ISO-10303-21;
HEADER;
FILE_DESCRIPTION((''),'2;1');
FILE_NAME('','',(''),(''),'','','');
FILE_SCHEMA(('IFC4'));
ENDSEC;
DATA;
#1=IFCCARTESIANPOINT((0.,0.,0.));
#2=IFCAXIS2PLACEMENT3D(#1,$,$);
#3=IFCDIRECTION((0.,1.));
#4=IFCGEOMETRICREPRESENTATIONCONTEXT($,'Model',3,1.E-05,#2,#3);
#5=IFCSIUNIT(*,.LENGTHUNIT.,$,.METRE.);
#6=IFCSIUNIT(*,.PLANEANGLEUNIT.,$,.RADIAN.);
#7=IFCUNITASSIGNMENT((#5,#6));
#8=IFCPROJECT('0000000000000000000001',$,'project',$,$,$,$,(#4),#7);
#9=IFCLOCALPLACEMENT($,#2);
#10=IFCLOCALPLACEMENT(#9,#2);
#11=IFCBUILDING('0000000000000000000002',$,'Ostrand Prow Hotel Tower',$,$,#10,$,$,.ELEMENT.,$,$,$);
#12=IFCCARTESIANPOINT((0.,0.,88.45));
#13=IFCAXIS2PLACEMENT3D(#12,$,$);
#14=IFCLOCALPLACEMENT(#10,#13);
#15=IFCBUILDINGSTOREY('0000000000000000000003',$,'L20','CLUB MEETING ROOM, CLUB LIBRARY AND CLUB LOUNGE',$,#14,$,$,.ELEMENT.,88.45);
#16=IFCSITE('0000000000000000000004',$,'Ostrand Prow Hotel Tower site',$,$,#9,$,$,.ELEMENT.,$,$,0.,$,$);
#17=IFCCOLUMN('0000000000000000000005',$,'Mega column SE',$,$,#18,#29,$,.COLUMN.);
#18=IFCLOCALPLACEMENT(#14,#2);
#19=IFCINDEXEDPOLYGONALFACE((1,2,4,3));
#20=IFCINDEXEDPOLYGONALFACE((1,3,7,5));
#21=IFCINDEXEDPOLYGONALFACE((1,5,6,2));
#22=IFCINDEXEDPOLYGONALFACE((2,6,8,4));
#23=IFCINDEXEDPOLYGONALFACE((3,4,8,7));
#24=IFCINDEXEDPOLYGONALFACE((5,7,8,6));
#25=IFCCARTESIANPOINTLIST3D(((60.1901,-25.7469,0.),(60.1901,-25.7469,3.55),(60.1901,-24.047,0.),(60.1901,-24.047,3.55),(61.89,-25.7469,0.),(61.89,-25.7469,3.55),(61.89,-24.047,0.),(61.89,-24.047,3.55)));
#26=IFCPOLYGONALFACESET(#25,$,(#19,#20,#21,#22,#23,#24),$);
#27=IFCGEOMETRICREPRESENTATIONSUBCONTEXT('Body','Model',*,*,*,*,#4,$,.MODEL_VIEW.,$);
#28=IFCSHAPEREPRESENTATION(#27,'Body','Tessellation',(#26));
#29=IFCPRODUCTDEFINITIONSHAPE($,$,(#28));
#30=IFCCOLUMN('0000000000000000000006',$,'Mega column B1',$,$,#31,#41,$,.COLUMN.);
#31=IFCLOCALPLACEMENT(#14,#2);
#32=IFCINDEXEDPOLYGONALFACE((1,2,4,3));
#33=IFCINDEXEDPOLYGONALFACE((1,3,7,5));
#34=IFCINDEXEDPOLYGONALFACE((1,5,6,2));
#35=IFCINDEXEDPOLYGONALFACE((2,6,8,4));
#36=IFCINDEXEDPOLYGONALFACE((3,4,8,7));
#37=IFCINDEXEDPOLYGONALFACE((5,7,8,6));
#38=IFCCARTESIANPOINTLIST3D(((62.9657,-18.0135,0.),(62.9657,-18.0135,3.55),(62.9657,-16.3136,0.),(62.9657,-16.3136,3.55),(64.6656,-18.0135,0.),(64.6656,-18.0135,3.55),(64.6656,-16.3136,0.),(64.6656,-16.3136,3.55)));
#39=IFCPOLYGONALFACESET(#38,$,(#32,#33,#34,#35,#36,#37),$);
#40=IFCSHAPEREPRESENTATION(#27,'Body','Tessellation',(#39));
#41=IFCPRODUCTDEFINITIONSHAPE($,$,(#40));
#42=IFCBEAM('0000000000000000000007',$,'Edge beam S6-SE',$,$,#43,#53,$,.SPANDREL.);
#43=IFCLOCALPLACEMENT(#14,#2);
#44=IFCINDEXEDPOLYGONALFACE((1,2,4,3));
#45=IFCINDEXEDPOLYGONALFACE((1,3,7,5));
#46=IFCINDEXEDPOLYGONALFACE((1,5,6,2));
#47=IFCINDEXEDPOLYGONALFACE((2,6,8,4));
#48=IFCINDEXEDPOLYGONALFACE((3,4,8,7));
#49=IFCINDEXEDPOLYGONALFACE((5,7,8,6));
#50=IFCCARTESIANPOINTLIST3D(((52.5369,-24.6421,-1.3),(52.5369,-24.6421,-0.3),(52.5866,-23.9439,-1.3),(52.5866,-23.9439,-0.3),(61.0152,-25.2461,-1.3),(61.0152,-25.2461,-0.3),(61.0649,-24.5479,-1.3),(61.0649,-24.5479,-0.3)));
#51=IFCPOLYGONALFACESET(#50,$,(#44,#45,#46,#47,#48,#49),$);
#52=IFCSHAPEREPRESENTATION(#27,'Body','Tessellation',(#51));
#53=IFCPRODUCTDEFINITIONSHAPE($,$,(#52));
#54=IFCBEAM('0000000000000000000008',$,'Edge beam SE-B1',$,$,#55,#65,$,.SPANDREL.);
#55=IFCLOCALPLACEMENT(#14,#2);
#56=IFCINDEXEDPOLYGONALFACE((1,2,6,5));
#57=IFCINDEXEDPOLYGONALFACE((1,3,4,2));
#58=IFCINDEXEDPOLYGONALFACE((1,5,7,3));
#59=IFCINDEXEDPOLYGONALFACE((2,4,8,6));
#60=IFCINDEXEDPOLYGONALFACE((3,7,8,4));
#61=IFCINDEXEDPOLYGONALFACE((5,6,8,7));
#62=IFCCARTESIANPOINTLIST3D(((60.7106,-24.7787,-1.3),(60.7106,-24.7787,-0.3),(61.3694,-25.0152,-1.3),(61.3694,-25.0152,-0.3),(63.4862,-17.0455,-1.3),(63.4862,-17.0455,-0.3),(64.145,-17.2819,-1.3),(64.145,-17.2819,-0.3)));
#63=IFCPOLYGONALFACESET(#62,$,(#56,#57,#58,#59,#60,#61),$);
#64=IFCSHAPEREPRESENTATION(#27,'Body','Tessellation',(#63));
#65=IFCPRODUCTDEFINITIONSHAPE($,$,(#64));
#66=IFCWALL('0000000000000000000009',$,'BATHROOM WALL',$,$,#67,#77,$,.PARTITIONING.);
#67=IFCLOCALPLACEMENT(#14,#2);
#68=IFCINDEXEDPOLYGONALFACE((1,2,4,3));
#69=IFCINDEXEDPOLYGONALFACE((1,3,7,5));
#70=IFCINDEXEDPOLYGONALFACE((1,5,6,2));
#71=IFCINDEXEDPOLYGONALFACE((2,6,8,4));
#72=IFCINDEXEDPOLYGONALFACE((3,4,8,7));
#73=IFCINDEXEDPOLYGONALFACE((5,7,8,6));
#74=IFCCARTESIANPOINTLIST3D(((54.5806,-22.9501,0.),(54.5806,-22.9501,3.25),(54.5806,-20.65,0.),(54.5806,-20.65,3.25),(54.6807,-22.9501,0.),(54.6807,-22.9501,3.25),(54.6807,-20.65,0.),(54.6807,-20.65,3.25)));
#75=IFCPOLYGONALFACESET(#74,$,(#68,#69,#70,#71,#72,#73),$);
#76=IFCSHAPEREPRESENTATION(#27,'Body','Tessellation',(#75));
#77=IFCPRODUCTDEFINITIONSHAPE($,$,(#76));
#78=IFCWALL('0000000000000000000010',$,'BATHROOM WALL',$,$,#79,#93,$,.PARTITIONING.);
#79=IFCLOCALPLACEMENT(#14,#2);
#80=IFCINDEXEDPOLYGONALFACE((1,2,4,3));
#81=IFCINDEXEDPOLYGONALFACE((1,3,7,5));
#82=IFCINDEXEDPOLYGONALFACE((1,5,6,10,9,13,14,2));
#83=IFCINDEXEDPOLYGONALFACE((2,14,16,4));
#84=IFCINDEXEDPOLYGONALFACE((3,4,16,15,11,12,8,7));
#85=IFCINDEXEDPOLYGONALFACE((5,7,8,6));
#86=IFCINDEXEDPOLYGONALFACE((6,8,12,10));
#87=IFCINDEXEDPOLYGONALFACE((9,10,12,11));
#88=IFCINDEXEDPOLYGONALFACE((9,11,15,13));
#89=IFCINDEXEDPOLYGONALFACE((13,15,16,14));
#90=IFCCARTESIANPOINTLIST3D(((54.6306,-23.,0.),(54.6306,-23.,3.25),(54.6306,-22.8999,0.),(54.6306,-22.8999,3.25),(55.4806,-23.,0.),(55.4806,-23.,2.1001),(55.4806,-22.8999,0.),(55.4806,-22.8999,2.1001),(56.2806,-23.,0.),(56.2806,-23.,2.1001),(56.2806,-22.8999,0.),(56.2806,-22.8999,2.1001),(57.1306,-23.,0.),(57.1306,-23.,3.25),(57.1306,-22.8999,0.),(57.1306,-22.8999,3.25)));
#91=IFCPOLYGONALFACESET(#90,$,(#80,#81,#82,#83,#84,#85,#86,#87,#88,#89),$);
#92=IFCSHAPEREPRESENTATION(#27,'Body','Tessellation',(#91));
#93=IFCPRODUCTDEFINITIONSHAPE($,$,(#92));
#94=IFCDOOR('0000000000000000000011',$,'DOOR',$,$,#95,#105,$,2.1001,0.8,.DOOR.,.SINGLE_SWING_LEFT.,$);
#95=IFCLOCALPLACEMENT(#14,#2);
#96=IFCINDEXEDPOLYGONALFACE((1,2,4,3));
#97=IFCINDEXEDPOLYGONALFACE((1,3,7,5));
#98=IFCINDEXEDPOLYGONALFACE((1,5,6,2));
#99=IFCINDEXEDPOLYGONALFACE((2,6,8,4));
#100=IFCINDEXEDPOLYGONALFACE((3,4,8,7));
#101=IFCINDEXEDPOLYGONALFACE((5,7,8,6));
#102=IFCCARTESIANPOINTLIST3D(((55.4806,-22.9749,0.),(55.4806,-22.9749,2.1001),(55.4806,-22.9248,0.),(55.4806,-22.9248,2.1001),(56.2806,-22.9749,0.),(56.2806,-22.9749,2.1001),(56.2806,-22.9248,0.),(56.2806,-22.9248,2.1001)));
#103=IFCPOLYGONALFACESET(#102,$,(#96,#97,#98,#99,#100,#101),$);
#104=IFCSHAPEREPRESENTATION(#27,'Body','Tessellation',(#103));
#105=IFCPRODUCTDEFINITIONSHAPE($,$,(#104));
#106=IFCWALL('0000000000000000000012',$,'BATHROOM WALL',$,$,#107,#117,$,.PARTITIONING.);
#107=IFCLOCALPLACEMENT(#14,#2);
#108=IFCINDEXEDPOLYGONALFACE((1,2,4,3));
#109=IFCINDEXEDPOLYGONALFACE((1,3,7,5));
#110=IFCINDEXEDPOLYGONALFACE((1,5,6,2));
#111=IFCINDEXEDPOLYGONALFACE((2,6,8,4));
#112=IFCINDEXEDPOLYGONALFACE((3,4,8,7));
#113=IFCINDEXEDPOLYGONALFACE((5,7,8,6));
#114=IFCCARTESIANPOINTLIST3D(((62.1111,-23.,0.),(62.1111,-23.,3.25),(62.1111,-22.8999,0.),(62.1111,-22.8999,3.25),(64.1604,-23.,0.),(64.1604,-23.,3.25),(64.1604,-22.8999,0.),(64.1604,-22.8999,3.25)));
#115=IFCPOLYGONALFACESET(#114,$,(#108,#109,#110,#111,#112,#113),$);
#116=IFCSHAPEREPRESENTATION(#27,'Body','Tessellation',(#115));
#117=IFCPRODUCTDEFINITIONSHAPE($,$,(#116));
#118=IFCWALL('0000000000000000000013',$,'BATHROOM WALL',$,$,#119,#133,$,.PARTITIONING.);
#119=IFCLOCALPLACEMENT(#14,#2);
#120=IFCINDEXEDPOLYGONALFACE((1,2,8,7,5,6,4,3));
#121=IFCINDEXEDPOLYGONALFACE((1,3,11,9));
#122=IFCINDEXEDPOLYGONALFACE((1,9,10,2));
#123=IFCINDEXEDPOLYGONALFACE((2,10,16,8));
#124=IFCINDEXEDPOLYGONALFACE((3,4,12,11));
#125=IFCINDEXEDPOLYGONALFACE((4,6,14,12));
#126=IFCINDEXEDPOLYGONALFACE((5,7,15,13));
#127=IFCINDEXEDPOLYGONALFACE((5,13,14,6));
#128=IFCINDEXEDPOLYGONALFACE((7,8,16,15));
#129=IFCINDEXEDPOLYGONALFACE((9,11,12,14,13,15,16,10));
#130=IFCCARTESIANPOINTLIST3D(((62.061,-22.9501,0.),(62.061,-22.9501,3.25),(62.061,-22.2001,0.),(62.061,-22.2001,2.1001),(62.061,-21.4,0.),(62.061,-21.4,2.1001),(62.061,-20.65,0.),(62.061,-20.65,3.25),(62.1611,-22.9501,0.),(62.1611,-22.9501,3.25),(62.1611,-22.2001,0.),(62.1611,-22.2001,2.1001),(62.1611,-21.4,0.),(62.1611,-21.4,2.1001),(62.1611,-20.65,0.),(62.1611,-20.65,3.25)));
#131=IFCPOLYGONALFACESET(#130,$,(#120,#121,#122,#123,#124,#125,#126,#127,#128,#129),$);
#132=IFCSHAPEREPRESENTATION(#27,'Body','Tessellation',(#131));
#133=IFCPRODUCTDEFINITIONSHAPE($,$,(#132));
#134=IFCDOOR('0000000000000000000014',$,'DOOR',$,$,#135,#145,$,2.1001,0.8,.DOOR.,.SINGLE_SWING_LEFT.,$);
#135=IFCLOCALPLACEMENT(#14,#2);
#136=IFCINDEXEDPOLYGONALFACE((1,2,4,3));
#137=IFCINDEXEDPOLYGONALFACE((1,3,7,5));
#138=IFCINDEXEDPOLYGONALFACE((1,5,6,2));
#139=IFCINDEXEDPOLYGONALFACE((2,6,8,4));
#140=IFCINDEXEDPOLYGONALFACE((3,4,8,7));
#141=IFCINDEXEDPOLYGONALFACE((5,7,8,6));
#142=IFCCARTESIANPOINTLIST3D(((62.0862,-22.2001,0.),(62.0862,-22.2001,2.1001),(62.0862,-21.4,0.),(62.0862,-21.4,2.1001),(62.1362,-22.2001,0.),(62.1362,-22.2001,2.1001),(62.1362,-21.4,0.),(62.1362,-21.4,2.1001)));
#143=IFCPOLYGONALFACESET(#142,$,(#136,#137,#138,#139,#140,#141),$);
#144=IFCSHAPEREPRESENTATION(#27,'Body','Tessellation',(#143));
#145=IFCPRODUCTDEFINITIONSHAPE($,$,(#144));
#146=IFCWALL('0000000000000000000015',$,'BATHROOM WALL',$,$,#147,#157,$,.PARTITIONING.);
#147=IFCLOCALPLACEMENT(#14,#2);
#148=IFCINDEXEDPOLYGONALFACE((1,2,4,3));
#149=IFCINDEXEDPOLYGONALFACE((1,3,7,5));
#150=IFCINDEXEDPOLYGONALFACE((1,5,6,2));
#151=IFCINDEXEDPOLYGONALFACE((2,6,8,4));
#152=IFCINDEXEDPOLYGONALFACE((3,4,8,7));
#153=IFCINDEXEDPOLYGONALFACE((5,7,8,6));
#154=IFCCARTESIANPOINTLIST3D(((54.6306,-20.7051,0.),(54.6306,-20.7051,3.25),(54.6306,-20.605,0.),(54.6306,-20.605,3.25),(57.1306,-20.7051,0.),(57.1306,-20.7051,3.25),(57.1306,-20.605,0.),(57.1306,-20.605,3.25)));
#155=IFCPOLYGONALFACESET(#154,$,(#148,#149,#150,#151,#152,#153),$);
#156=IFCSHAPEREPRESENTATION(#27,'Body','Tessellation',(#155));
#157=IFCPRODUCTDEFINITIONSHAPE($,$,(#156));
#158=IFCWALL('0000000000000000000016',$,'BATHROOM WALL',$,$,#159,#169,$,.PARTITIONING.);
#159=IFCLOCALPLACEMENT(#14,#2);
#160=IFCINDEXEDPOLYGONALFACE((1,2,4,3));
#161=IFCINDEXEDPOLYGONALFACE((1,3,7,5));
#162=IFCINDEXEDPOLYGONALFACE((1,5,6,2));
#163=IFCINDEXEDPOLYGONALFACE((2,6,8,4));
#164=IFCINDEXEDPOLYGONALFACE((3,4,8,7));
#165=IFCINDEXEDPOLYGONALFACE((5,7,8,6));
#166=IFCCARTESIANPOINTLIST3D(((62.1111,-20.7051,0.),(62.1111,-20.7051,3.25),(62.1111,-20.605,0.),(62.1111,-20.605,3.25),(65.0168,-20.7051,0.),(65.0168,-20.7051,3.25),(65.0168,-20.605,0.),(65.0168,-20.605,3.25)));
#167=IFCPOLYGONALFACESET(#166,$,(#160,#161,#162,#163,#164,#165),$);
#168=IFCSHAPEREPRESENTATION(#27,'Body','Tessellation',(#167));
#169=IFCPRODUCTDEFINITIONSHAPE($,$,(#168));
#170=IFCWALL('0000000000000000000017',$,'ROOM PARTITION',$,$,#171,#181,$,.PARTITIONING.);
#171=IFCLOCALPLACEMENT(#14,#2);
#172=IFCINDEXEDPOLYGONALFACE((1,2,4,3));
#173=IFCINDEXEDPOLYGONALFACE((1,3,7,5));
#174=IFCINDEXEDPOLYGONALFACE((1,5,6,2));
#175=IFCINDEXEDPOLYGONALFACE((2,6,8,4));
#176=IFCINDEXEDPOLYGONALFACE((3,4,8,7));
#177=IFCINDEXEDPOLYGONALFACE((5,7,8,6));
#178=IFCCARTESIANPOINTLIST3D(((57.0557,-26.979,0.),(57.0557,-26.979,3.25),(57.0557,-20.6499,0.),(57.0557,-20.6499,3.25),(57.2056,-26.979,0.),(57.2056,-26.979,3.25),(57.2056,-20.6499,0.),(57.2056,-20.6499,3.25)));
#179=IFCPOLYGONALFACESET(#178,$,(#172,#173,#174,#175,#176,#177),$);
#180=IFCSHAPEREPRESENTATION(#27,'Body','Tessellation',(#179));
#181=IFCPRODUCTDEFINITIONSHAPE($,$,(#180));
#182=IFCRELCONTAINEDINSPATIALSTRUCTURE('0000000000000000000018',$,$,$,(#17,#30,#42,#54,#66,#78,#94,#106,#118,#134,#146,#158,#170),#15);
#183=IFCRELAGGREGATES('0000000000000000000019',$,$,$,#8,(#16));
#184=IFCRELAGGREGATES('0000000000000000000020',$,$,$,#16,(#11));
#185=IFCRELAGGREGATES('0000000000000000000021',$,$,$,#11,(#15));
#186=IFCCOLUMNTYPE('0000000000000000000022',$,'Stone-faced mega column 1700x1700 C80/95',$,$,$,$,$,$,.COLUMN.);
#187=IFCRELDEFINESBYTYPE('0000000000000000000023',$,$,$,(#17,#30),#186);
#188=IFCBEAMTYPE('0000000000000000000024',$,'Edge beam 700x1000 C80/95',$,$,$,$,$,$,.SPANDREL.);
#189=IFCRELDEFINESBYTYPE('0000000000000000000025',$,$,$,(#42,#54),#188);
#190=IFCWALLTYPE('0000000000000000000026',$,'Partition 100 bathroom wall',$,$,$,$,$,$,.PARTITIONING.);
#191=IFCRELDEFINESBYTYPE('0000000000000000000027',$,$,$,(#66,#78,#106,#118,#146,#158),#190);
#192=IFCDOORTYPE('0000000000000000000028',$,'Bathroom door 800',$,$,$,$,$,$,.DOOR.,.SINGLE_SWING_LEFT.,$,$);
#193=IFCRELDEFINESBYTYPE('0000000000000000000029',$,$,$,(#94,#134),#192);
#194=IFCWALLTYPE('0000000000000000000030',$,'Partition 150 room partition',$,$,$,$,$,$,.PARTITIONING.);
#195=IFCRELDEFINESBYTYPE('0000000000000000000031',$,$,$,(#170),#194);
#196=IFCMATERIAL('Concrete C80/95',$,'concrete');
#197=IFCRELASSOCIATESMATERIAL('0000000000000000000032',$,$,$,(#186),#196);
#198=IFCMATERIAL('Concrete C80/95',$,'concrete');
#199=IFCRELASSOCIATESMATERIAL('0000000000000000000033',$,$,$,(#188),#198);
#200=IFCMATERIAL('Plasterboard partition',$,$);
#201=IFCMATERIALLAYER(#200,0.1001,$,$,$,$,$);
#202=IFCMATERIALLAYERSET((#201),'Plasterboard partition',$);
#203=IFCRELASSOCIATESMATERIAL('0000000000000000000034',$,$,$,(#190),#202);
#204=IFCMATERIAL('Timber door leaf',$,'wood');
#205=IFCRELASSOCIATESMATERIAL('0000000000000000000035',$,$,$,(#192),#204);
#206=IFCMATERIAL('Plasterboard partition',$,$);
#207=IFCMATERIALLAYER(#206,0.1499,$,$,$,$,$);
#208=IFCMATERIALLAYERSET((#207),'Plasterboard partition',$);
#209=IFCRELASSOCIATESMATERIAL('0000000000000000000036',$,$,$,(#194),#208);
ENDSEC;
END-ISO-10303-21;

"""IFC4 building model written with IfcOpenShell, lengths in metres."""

from ifc_helpers import new_model, si_unit, direction, frame, frame_2d, origin, origin_2d, place, context, subcontext, project, spatial, rectangle, extrude, material, layer, layer_set, material_profile, profile_set, type_object, element, fill, save


model = new_model("IFC4")

# Units and contexts
model_context = context("Model", 3, precision=1e-05, world=origin(), true_north=direction((0.0, 1.0)))
body_context = subcontext(model_context, "Body", "Model", "MODEL_VIEW")
ifc_project = project(units=[si_unit("LENGTHUNIT", "METRE"), si_unit("PLANEANGLEUNIT", "RADIAN")], contexts=[model_context])

# Site, building, storey
site_placement = place(None, origin())
site = spatial("IfcSite", under=ifc_project, at=site_placement, Name="Ostrand Prow Hotel Tower site", CompositionType="ELEMENT", RefElevation=0.0)
building_placement = place(site_placement, origin())
building = spatial("IfcBuilding", under=site, at=building_placement, Name="Ostrand Prow Hotel Tower", CompositionType="ELEMENT")
storey_placement = place(building_placement, frame((0.0, 0.0, 88.45)))
storey = spatial("IfcBuildingStorey", under=building, at=storey_placement, Name="L20", Description="CLUB MEETING ROOM, CLUB LIBRARY AND CLUB LOUNGE", CompositionType="ELEMENT", Elevation=88.45)

# Columns
ifc_material_1 = material(Name="Concrete C80/95", Category="concrete")
ifc_material_profile_1 = material_profile(ifc_material_1, rectangle(XDim=1.7, YDim=1.7, at=origin_2d()), Name="RC 1700x1700")
ifc_profile_set_1 = profile_set([ifc_material_profile_1], Name="Concrete C80/95")
column_type = type_object("IfcColumnType", Name="Stone-faced mega column 1700x1700 C80/95", PredefinedType="COLUMN", material=ifc_profile_set_1)
for number, where, z_axis, x_axis, name in (
    (1, (61.04, -24.897, 0.0), (0.0, 0.0, 1.0), (1.0, 0.0, 0.0), "Mega column SE"),
    (2, (63.8157, -17.1636, 0.0), (0.0, 0.0, 1.0), (1.0, 0.0, 0.0), "Mega column B1"),
):
    element("IfcColumn", number, at=place(storey_placement, frame(where, z_axis=z_axis, x_axis=x_axis)), inside=storey, type_object=column_type, Name=name, PredefinedType="COLUMN", context=body_context, shape_type="SweptSolid", body=[
        extrude(rectangle(XDim=1.7, YDim=1.7, at=origin_2d()), origin(), (0.0, 0.0, 1.0), 3.55),
    ])

# Beams
ifc_material_2 = material(Name="Concrete C80/95", Category="concrete")
ifc_material_profile_2 = material_profile(ifc_material_2, rectangle(XDim=0.7, YDim=1.0, at=origin_2d()), Name="RC 700x1000")
ifc_profile_set_2 = profile_set([ifc_material_profile_2], Name="Concrete C80/95")
beam_type = type_object("IfcBeamType", Name="Edge beam 700x1000 C80/95", PredefinedType="SPANDREL", material=ifc_profile_set_2)
beam_1_placement = place(storey_placement, frame((52.5618, -24.293, -0.8), z_axis=(0.997472, -0.071061, 0.0), x_axis=(0.071061, 0.997472, 0.0)))
element("IfcBeam", 3, at=beam_1_placement, inside=storey, type_object=beam_type, Name="Edge beam S6-SE", PredefinedType="SPANDREL", context=body_context, shape_type="SweptSolid", body=[
    extrude(rectangle(XDim=0.7, YDim=1.0, at=origin_2d()), origin(), (0.0, 0.0, 1.0), 8.4998),
])
beam_2_placement = place(storey_placement, frame((61.04, -24.897, -0.8), z_axis=(0.337815, 0.941212, 0.0), x_axis=(-0.941212, 0.337815, 0.0)))
element("IfcBeam", 4, at=beam_2_placement, inside=storey, type_object=beam_type, Name="Edge beam SE-B1", PredefinedType="SPANDREL", context=body_context, shape_type="SweptSolid", body=[
    extrude(rectangle(XDim=0.7, YDim=1.0, at=origin_2d()), origin(), (0.0, 0.0, 1.0), 8.2163),
])

# Wall
ifc_material_3 = material(Name="Plasterboard partition")
ifc_layer_1 = layer(ifc_material_3, 0.1001)
ifc_layer_set_1 = layer_set([ifc_layer_1], Name="Plasterboard partition")
wall_type_1 = type_object("IfcWallType", Name="Partition 100 bathroom wall", PredefinedType="PARTITIONING", material=ifc_layer_set_1)
wall_1_placement = place(storey_placement, frame((54.6306, -22.95, 0.0), z_axis=(0.0, 0.0, 1.0), x_axis=(0.0, 1.0, 0.0)))
element("IfcWall", 5, at=wall_1_placement, inside=storey, type_object=wall_type_1, Name="BATHROOM WALL", PredefinedType="PARTITIONING", context=body_context, shape_type="SweptSolid", body=[
    extrude(rectangle(XDim=2.3, YDim=0.1001, at=frame_2d((1.1499, 0.0))), origin(), (0.0, 0.0, 1.0), 3.25),
])

# Wall, opening, door
wall_2_placement = place(storey_placement, frame((57.1306, -22.95, 0.0), z_axis=(0.0, 0.0, 1.0), x_axis=(-1.0, 0.0, 0.0)))
wall_2 = element("IfcWall", 6, at=wall_2_placement, inside=storey, type_object=wall_type_1, Name="BATHROOM WALL", PredefinedType="PARTITIONING", context=body_context, shape_type="SweptSolid", body=[
    extrude(rectangle(XDim=2.5, YDim=0.1001, at=frame_2d((1.25, 0.0))), origin(), (0.0, 0.0, 1.0), 3.25),
])
opening_1_placement = place(wall_2_placement, frame((0.8501, 0.0, 0.0)))
opening_1 = element("IfcOpeningElement", 7, at=opening_1_placement, cuts=wall_2, PredefinedType="OPENING", context=body_context, shape_type="SweptSolid", body=[
    extrude(rectangle(XDim=0.8, YDim=2.1001, at=frame_2d((0.3999, 1.05))), frame((0.0, 0.0601, 0.0), z_axis=(0.0, -1.0, 0.0), x_axis=(1.0, 0.0, 0.0)), (0.0, 0.0, 1.0), 0.1201),
])
ifc_material_4 = material(Name="Timber door leaf", Category="wood")
door_type_1 = type_object("IfcDoorType", Name="Bathroom door 800", OperationType="SINGLE_SWING_LEFT", PredefinedType="DOOR", material=ifc_material_4)
door_1_placement = place(opening_1_placement, origin())
door_1 = element("IfcDoor", 8, at=door_1_placement, inside=storey, type_object=door_type_1, Name="DOOR", OperationType="SINGLE_SWING_LEFT", OverallHeight=2.1001, OverallWidth=0.8, PredefinedType="DOOR", context=body_context, shape_type="SweptSolid", body=[
    extrude(rectangle(XDim=0.8, YDim=2.1001, at=frame_2d((0.3999, 1.05))), frame((0.0, 0.0249, 0.0), z_axis=(0.0, -1.0, 0.0), x_axis=(1.0, 0.0, 0.0)), (0.0, 0.0, 1.0), 0.05),
])
fill(opening_1, door_1)

# Wall
wall_3_placement = place(storey_placement, frame((64.1604, -22.95, 0.0), z_axis=(0.0, 0.0, 1.0), x_axis=(-1.0, 0.0, 0.0)))
element("IfcWall", 9, at=wall_3_placement, inside=storey, type_object=wall_type_1, Name="BATHROOM WALL", PredefinedType="PARTITIONING", context=body_context, shape_type="SweptSolid", body=[
    extrude(rectangle(XDim=2.0493, YDim=0.1001, at=frame_2d((1.0247, 0.0))), origin(), (0.0, 0.0, 1.0), 3.25),
])

# Wall, opening, door
wall_4_placement = place(storey_placement, frame((62.1111, -22.95, 0.0), z_axis=(0.0, 0.0, 1.0), x_axis=(0.0, 1.0, 0.0)))
wall_4 = element("IfcWall", 10, at=wall_4_placement, inside=storey, type_object=wall_type_1, Name="BATHROOM WALL", PredefinedType="PARTITIONING", context=body_context, shape_type="SweptSolid", body=[
    extrude(rectangle(XDim=2.3, YDim=0.1001, at=frame_2d((1.1499, 0.0))), origin(), (0.0, 0.0, 1.0), 3.25),
])
opening_2_placement = place(wall_4_placement, frame((0.75, 0.0, 0.0)))
opening_2 = element("IfcOpeningElement", 11, at=opening_2_placement, cuts=wall_4, PredefinedType="OPENING", context=body_context, shape_type="SweptSolid", body=[
    extrude(rectangle(XDim=0.8, YDim=2.1001, at=frame_2d((0.3999, 1.05))), frame((0.0, 0.0601, 0.0), z_axis=(0.0, -1.0, 0.0), x_axis=(1.0, 0.0, 0.0)), (0.0, 0.0, 1.0), 0.1201),
])
door_2_placement = place(opening_2_placement, origin())
door_2 = element("IfcDoor", 12, at=door_2_placement, inside=storey, type_object=door_type_1, Name="DOOR", OperationType="SINGLE_SWING_LEFT", OverallHeight=2.1001, OverallWidth=0.8, PredefinedType="DOOR", context=body_context, shape_type="SweptSolid", body=[
    extrude(rectangle(XDim=0.8, YDim=2.1001, at=frame_2d((0.3999, 1.05))), frame((0.0, 0.0249, 0.0), z_axis=(0.0, -1.0, 0.0), x_axis=(1.0, 0.0, 0.0)), (0.0, 0.0, 1.0), 0.05),
])
fill(opening_2, door_2)

# Walls
wall_5_placement = place(storey_placement, frame((54.6306, -20.655, 0.0), z_axis=(0.0, 0.0, 1.0), x_axis=(1.0, 0.0, 0.0)))
element("IfcWall", 13, at=wall_5_placement, inside=storey, type_object=wall_type_1, Name="BATHROOM WALL", PredefinedType="PARTITIONING", context=body_context, shape_type="SweptSolid", body=[
    extrude(rectangle(XDim=2.5, YDim=0.1001, at=frame_2d((1.25, 0.0))), origin(), (0.0, 0.0, 1.0), 3.25),
])
wall_6_placement = place(storey_placement, frame((62.1111, -20.655, 0.0), z_axis=(0.0, 0.0, 1.0), x_axis=(1.0, 0.0, 0.0)))
element("IfcWall", 14, at=wall_6_placement, inside=storey, type_object=wall_type_1, Name="BATHROOM WALL", PredefinedType="PARTITIONING", context=body_context, shape_type="SweptSolid", body=[
    extrude(rectangle(XDim=2.9058, YDim=0.1001, at=frame_2d((1.4529, 0.0))), origin(), (0.0, 0.0, 1.0), 3.25),
])
ifc_material_5 = material(Name="Plasterboard partition")
ifc_layer_2 = layer(ifc_material_5, 0.1499)
ifc_layer_set_2 = layer_set([ifc_layer_2], Name="Plasterboard partition")
wall_type_2 = type_object("IfcWallType", Name="Partition 150 room partition", PredefinedType="PARTITIONING", material=ifc_layer_set_2)
wall_7_placement = place(storey_placement, frame((57.1306, -26.979, 0.0), z_axis=(0.0, 0.0, 1.0), x_axis=(0.0, 1.0, 0.0)))
element("IfcWall", 15, at=wall_7_placement, inside=storey, type_object=wall_type_2, Name="ROOM PARTITION", PredefinedType="PARTITIONING", context=body_context, shape_type="SweptSolid", body=[
    extrude(rectangle(XDim=6.3291, YDim=0.1499, at=frame_2d((3.1646, 0.0))), origin(), (0.0, 0.0, 1.0), 3.25),
])

save(model, "model.ifc")
